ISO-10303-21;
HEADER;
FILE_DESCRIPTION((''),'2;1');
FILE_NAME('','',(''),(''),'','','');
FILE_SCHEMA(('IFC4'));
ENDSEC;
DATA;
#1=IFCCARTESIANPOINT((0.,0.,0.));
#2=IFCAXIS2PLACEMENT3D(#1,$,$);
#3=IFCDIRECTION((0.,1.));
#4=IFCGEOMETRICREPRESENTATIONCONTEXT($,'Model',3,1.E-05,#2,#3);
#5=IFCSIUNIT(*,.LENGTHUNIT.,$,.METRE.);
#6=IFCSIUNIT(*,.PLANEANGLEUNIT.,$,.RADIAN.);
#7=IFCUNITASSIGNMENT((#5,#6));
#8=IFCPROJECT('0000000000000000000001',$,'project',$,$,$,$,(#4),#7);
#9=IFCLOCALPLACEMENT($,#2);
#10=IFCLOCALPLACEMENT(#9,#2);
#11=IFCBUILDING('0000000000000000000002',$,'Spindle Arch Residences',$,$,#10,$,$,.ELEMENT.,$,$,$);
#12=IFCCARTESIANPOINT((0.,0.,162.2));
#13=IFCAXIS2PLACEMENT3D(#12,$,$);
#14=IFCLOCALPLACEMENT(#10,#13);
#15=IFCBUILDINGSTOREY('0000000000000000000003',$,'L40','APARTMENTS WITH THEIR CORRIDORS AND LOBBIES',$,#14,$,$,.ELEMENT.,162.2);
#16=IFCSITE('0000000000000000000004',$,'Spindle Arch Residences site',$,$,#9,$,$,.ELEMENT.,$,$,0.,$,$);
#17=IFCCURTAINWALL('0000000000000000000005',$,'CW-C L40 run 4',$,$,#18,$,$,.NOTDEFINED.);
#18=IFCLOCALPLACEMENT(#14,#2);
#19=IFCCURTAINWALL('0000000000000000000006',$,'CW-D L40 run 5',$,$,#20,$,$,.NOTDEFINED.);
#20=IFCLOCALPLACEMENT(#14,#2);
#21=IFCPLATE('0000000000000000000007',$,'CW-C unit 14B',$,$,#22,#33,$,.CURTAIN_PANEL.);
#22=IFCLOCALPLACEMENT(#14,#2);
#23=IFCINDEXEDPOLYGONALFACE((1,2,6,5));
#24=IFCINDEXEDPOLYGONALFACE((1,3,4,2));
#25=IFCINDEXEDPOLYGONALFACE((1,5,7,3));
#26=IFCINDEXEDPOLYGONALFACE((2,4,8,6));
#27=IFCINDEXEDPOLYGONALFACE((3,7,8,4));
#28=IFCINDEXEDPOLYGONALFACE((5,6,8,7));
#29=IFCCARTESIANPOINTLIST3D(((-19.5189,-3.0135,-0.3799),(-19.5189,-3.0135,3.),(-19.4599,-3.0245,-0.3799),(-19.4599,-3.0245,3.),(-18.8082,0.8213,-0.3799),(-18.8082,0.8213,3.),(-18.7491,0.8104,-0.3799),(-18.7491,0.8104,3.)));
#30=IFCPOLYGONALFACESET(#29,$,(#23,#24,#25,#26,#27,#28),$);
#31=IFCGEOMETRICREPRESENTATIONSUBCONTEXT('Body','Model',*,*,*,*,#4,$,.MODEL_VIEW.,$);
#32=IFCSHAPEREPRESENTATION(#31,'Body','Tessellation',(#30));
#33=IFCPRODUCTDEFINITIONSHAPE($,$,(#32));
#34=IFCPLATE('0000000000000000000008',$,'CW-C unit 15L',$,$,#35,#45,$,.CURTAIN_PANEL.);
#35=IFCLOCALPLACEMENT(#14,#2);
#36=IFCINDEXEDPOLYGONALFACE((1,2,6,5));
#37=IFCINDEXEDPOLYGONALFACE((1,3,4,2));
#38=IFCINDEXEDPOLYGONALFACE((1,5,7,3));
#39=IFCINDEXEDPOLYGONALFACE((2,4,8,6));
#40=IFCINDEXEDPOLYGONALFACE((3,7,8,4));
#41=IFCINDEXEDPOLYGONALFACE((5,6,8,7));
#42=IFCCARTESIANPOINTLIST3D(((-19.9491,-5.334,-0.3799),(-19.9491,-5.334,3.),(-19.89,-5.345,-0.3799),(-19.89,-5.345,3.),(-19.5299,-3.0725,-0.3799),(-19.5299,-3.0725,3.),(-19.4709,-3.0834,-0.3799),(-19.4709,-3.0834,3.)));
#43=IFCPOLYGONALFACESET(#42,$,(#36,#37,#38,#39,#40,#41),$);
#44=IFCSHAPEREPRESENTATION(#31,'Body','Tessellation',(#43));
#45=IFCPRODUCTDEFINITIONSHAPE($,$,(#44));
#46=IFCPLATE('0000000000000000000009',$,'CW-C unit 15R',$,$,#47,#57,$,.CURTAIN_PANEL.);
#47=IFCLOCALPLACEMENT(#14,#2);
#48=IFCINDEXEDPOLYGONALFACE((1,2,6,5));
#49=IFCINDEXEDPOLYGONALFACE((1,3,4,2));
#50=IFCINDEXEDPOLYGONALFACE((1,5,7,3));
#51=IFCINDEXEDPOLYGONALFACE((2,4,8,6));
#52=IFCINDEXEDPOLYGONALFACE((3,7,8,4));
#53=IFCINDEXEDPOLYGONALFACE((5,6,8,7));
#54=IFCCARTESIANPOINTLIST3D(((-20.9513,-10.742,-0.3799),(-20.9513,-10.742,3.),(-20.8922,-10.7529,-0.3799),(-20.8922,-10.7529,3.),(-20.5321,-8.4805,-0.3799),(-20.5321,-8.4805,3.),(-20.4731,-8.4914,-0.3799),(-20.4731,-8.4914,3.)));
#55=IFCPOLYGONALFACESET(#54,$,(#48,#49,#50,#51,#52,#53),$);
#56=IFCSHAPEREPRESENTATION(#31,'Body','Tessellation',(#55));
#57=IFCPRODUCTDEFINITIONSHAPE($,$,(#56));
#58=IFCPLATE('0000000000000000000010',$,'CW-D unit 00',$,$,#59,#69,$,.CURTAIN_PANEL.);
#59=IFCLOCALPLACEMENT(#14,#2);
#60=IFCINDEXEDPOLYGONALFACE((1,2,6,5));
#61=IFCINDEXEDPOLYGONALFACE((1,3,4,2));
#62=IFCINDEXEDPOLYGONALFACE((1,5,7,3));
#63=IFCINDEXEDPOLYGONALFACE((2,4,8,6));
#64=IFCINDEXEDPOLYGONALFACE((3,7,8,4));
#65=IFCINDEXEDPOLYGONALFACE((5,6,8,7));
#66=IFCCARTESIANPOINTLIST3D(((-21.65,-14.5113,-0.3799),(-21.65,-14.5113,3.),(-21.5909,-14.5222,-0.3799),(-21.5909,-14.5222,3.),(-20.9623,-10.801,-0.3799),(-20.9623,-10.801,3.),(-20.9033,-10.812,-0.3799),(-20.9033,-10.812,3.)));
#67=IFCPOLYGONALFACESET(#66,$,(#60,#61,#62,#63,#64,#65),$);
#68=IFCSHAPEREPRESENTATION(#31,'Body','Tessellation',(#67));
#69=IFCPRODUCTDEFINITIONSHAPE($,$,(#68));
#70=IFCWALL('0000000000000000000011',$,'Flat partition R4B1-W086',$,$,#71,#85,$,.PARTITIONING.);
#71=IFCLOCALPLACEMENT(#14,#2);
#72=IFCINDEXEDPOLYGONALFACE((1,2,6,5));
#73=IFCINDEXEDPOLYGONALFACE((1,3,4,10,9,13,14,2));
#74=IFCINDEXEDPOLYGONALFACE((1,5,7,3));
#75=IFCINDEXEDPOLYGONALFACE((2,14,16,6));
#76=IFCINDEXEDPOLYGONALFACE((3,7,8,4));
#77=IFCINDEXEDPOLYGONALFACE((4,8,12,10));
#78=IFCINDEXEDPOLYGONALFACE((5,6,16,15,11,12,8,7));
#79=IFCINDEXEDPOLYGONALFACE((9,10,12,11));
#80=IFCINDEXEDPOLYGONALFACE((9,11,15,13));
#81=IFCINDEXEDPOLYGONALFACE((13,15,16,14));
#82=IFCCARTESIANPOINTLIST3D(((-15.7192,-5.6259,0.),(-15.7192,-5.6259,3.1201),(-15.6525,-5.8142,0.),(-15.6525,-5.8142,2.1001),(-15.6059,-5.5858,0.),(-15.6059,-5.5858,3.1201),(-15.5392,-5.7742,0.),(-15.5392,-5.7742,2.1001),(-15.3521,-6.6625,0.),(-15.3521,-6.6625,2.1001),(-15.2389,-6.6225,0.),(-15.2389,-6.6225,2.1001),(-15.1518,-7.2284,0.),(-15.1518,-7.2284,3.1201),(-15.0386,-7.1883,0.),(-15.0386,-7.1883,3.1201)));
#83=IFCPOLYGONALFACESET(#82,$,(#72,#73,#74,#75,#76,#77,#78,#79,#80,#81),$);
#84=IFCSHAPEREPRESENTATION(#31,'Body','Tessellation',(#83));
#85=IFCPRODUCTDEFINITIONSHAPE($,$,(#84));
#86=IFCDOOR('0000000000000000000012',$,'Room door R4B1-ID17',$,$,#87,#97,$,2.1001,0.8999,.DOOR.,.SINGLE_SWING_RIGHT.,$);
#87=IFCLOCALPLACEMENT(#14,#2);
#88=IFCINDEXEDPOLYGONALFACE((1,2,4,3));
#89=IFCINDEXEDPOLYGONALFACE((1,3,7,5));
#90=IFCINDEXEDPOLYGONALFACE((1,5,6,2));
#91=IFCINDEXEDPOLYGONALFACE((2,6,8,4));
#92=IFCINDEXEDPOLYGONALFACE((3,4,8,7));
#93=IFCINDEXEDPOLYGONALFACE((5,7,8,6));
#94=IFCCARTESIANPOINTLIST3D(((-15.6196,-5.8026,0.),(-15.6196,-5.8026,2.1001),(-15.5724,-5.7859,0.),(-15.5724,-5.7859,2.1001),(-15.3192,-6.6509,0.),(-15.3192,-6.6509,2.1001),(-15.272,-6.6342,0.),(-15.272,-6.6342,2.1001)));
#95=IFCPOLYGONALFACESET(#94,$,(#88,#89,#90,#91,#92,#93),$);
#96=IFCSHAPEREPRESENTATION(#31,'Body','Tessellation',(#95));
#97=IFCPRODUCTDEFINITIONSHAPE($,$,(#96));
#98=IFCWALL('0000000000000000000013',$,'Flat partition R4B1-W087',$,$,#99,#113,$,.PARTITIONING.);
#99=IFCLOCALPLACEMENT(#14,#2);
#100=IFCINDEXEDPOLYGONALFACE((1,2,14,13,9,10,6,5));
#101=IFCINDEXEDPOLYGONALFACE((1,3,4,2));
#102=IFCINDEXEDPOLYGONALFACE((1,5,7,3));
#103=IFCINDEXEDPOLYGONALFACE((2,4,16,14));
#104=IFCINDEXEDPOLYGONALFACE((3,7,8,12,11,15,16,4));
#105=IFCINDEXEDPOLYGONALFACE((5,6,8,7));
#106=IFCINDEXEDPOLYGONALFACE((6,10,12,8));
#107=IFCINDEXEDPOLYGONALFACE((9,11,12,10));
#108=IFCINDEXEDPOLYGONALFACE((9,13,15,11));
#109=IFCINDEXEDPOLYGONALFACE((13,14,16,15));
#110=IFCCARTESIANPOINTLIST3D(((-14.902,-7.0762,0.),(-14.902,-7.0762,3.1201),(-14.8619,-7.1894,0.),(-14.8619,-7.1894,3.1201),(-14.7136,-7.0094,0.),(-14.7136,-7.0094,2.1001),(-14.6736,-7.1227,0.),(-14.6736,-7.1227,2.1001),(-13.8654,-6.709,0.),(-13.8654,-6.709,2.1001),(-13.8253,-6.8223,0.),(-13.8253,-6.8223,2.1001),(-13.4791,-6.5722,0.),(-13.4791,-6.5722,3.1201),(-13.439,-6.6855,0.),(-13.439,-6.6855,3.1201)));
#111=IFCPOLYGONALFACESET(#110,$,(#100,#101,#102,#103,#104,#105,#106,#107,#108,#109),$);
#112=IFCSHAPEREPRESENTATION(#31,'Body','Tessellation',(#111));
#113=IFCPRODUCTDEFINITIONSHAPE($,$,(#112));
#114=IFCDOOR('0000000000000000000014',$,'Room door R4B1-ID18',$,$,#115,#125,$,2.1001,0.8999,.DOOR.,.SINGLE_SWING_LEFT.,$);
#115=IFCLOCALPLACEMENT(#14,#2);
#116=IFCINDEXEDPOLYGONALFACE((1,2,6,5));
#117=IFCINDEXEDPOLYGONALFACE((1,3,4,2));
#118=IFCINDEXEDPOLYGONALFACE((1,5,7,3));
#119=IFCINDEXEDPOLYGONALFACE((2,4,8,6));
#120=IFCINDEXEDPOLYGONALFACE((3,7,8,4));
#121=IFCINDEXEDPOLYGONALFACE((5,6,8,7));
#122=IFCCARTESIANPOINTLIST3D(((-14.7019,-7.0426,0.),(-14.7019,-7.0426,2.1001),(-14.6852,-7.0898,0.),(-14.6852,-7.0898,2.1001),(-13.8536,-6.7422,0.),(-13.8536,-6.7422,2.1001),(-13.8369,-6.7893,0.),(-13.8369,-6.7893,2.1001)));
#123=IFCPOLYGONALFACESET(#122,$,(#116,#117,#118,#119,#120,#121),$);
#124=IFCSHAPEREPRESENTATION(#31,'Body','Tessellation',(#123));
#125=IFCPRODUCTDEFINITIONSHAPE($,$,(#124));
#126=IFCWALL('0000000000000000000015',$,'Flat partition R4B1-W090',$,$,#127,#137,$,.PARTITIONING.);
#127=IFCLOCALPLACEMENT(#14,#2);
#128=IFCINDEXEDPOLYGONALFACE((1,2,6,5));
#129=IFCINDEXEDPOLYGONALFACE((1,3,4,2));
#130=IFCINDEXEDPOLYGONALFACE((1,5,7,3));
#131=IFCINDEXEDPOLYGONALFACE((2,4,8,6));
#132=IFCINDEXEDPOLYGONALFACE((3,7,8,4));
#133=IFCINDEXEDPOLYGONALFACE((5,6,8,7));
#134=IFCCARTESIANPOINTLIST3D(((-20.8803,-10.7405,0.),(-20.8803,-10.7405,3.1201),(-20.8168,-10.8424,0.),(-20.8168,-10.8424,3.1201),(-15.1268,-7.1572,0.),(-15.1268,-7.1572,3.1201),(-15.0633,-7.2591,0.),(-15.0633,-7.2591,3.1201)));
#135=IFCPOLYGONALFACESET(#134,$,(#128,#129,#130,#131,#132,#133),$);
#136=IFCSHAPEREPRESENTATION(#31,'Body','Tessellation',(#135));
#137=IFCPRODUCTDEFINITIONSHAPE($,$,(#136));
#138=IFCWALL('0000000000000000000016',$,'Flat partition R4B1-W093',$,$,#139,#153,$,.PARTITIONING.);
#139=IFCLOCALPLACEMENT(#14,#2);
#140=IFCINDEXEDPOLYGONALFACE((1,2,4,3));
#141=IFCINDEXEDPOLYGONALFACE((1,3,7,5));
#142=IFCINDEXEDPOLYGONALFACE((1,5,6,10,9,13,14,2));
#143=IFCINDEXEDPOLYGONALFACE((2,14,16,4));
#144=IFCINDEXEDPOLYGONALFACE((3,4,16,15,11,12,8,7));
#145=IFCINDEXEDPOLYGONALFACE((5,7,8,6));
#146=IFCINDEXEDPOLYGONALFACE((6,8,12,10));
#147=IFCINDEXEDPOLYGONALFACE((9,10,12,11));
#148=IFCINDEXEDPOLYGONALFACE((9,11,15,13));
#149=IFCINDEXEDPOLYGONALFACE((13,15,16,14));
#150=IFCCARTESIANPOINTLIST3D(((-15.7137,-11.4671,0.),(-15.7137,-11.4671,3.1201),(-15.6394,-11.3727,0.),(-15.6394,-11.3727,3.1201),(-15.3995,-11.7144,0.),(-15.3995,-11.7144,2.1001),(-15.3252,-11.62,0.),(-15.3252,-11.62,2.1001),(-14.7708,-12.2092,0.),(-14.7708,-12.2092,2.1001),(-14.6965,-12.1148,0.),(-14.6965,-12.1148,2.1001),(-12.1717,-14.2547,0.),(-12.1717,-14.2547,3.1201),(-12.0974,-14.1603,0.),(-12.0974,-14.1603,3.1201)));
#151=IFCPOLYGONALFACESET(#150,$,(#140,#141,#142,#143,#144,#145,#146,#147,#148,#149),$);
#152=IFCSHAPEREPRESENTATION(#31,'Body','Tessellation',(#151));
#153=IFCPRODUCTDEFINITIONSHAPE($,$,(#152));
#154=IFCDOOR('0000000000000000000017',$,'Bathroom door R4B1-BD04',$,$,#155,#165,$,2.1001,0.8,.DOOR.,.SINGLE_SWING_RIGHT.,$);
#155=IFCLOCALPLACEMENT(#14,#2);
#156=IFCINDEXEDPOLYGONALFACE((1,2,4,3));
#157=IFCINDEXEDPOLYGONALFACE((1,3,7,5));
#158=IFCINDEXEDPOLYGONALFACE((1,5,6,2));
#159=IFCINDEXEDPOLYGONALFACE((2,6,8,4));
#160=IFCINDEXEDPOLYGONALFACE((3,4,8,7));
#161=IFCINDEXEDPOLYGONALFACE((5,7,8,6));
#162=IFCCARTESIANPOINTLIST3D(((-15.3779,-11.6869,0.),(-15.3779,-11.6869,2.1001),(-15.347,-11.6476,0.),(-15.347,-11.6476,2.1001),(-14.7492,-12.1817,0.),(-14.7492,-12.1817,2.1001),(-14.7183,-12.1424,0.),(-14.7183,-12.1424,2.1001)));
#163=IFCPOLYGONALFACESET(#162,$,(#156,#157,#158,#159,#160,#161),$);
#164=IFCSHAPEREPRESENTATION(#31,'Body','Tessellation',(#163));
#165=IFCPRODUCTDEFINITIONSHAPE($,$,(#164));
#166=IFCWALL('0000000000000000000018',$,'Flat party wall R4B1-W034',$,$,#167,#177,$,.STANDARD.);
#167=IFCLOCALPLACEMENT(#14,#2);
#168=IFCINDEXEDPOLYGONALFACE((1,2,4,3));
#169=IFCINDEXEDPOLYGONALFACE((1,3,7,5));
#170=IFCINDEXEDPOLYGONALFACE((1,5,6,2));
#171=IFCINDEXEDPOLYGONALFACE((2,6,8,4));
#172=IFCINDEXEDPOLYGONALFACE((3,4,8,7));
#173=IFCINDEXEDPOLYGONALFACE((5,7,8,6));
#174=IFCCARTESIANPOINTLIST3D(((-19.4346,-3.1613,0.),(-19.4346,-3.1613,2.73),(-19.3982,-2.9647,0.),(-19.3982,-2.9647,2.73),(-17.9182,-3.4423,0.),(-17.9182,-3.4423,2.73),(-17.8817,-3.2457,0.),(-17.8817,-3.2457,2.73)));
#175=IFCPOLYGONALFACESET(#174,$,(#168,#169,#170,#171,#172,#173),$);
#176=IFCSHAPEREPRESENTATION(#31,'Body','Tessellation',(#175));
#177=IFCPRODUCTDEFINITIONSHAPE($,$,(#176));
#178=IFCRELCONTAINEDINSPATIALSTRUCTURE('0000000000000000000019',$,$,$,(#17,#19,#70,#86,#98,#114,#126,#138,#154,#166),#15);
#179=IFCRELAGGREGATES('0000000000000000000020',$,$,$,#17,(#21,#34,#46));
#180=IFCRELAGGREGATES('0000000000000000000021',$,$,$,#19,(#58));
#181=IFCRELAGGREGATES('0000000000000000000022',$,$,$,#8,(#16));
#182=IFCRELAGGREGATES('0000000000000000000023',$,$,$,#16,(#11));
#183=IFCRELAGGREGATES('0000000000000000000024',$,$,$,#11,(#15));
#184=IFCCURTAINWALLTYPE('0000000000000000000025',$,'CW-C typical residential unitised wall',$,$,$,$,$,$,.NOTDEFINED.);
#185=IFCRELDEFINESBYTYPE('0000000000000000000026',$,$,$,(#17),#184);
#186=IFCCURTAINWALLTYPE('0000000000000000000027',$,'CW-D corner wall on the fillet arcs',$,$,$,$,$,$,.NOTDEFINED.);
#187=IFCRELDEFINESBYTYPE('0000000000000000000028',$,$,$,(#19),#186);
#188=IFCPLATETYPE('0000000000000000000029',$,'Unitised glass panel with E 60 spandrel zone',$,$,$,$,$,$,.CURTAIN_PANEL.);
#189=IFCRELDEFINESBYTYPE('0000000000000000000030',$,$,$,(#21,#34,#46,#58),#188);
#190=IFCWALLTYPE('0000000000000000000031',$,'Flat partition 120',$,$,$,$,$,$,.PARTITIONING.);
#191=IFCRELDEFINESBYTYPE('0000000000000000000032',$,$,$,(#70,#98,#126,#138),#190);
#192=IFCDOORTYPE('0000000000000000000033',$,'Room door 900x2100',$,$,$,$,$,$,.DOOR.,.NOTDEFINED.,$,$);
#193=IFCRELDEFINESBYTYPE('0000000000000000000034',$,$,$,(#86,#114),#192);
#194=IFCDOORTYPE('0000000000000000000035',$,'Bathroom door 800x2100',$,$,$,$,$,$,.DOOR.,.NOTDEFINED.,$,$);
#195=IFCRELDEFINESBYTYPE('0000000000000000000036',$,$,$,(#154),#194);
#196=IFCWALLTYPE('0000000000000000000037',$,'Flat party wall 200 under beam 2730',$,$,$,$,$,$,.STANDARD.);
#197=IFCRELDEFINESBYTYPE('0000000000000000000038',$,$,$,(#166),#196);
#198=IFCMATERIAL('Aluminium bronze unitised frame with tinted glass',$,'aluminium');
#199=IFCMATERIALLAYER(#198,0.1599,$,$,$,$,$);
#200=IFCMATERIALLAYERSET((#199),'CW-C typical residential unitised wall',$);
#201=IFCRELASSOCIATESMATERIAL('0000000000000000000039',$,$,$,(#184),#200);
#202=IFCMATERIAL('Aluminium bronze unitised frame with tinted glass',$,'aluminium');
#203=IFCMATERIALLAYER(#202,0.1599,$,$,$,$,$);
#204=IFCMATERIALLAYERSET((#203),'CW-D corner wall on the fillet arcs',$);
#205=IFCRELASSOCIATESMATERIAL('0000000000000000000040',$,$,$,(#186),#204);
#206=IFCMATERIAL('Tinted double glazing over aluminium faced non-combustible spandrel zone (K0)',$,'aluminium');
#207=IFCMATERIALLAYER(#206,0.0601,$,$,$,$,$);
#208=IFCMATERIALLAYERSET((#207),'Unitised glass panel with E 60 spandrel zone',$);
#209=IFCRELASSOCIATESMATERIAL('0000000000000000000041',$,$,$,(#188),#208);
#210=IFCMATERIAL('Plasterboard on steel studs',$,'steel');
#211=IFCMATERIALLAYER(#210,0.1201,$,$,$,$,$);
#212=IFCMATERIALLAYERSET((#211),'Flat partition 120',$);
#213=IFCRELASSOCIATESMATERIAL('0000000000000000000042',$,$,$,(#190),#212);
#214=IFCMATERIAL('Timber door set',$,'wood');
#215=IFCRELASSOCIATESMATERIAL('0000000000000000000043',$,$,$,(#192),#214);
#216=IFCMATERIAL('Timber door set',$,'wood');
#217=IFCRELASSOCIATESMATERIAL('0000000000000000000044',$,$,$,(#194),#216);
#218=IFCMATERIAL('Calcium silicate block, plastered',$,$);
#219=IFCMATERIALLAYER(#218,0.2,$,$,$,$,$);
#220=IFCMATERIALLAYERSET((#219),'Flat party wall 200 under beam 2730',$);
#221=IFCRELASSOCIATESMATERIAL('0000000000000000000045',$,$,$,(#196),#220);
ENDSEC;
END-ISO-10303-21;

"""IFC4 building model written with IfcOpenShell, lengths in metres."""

from ifc_helpers import new_model, si_unit, direction, frame, frame_2d, origin, origin_2d, place, context, subcontext, project, spatial, rectangle, extrude, material, layer, layer_set, type_object, element, fill, aggregate, save


model = new_model("IFC4")

# Units and contexts
model_context = context("Model", 3, precision=1e-05, world=origin(), true_north=direction((0.0, 1.0)))
body_context = subcontext(model_context, "Body", "Model", "MODEL_VIEW")
ifc_project = project(units=[si_unit("LENGTHUNIT", "METRE"), si_unit("PLANEANGLEUNIT", "RADIAN")], contexts=[model_context])

# Site, building, storey
site_placement = place(None, origin())
site = spatial("IfcSite", under=ifc_project, at=site_placement, Name="Spindle Arch Residences site", CompositionType="ELEMENT", RefElevation=0.0)
building_placement = place(site_placement, origin())
building = spatial("IfcBuilding", under=site, at=building_placement, Name="Spindle Arch Residences", CompositionType="ELEMENT")
storey_placement = place(building_placement, frame((0.0, 0.0, 162.2)))
storey = spatial("IfcBuildingStorey", under=building, at=storey_placement, Name="L40", Description="APARTMENTS WITH THEIR CORRIDORS AND LOBBIES", CompositionType="ELEMENT", Elevation=162.2)

# Curtain wall
ifc_material_1 = material(Name="Aluminium bronze unitised frame with tinted glass", Category="aluminium")
ifc_layer_1 = layer(ifc_material_1, 0.1599)
ifc_layer_set_1 = layer_set([ifc_layer_1], Name="CW-C typical residential unitised wall")
curtain_wall_type_1 = type_object("IfcCurtainWallType", Name="CW-C typical residential unitised wall", PredefinedType="NOTDEFINED", material=ifc_layer_set_1)
curtain_wall_1_placement = place(storey_placement, origin())
curtain_wall_1 = element("IfcCurtainWall", 1, at=curtain_wall_1_placement, inside=storey, type_object=curtain_wall_type_1, Name="CW-C L40 run 4", PredefinedType="NOTDEFINED")

# Curtain wall
ifc_material_2 = material(Name="Aluminium bronze unitised frame with tinted glass", Category="aluminium")
ifc_layer_2 = layer(ifc_material_2, 0.1599)
ifc_layer_set_2 = layer_set([ifc_layer_2], Name="CW-D corner wall on the fillet arcs")
curtain_wall_type_2 = type_object("IfcCurtainWallType", Name="CW-D corner wall on the fillet arcs", PredefinedType="NOTDEFINED", material=ifc_layer_set_2)
curtain_wall_2_placement = place(storey_placement, origin())
curtain_wall_2 = element("IfcCurtainWall", 2, at=curtain_wall_2_placement, inside=storey, type_object=curtain_wall_type_2, Name="CW-D L40 run 5", PredefinedType="NOTDEFINED")

# Plates
ifc_material_3 = material(Name="Tinted double glazing over aluminium faced non-combustible spandrel zone (K0)", Category="aluminium")
ifc_layer_3 = layer(ifc_material_3, 0.0601)
ifc_layer_set_3 = layer_set([ifc_layer_3], Name="Unitised glass panel with E 60 spandrel zone")
plate_type = type_object("IfcPlateType", Name="Unitised glass panel with E 60 spandrel zone", PredefinedType="CURTAIN_PANEL", material=ifc_layer_set_3)
plate_1_placement = place(storey_placement, frame((-19.134, -1.1016, -0.3799), z_axis=(0.0, 0.0, 1.0), x_axis=(-0.182236, -0.983255, 0.0)))
plate_1 = element("IfcPlate", 3, at=plate_1_placement, type_object=plate_type, Name="CW-C unit 14B", PredefinedType="CURTAIN_PANEL", context=body_context, shape_type="SweptSolid", body=[
    extrude(rectangle(XDim=3.9001, YDim=0.0601, at=origin_2d()), origin(), (0.0, 0.0, 1.0), 3.3799),
])
plate_2_placement = place(storey_placement, frame((-19.71, -4.2087, -0.3799), z_axis=(0.0, 0.0, 1.0), x_axis=(-0.182236, -0.983255, 0.0)))
plate_2 = element("IfcPlate", 4, at=plate_2_placement, type_object=plate_type, Name="CW-C unit 15L", PredefinedType="CURTAIN_PANEL", context=body_context, shape_type="SweptSolid", body=[
    extrude(rectangle(XDim=2.3, YDim=0.0601, at=origin_2d()), origin(), (0.0, 0.0, 1.0), 3.3799),
])
plate_3_placement = place(storey_placement, frame((-20.7122, -9.6167, -0.3799), z_axis=(0.0, 0.0, 1.0), x_axis=(-0.182236, -0.983255, 0.0)))
plate_3 = element("IfcPlate", 5, at=plate_3_placement, type_object=plate_type, Name="CW-C unit 15R", PredefinedType="CURTAIN_PANEL", context=body_context, shape_type="SweptSolid", body=[
    extrude(rectangle(XDim=2.3, YDim=0.0601, at=origin_2d()), origin(), (0.0, 0.0, 1.0), 3.3799),
])
aggregate(curtain_wall_1, [plate_1, plate_2, plate_3])
plate_4_placement = place(storey_placement, frame((-21.2766, -12.6616, -0.3799), z_axis=(0.0, 0.0, 1.0), x_axis=(-0.182236, -0.983255, 0.0)))
plate_4 = element("IfcPlate", 6, at=plate_4_placement, type_object=plate_type, Name="CW-D unit 00", PredefinedType="CURTAIN_PANEL", context=body_context, shape_type="SweptSolid", body=[
    extrude(rectangle(XDim=3.7734, YDim=0.0601, at=origin_2d()), origin(), (0.0, 0.0, 1.0), 3.3799),
])
aggregate(curtain_wall_2, [plate_4])

# Walls, openings, doors
ifc_material_4 = material(Name="Plasterboard on steel studs", Category="steel")
ifc_layer_4 = layer(ifc_material_4, 0.1201)
ifc_layer_set_4 = layer_set([ifc_layer_4], Name="Flat partition 120")
wall_type_1 = type_object("IfcWallType", Name="Flat partition 120", PredefinedType="PARTITIONING", material=ifc_layer_set_4)
wall_1_placement = place(storey_placement, frame((-15.6626, -5.6057, 0.0), z_axis=(0.0, 0.0, 1.0), x_axis=(0.333751, -0.942661, 0.0)))
wall_1 = element("IfcWall", 7, at=wall_1_placement, inside=storey, type_object=wall_type_1, Name="Flat partition R4B1-W086", PredefinedType="PARTITIONING", context=body_context, shape_type="SweptSolid", body=[
    extrude(rectangle(XDim=1.7, YDim=0.1201, at=frame_2d((0.8501, 0.0))), origin(), (0.0, 0.0, 1.0), 3.1201),
])
opening_1_placement = place(wall_1_placement, frame((0.2, 0.0, 0.0)))
opening_1 = element("IfcOpeningElement", 8, at=opening_1_placement, cuts=wall_1, PredefinedType="OPENING", context=body_context, shape_type="SweptSolid", body=[
    extrude(rectangle(XDim=0.8999, YDim=2.1001, at=frame_2d((0.45, 1.05))), frame((0.0, 0.0701, 0.0), z_axis=(0.0, -1.0, 0.0), x_axis=(1.0, 0.0, 0.0)), (0.0, 0.0, 1.0), 0.1401),
])
ifc_material_5 = material(Name="Timber door set", Category="wood")
door_type_1 = type_object("IfcDoorType", Name="Room door 900x2100", OperationType="NOTDEFINED", PredefinedType="DOOR", material=ifc_material_5)
door_1_placement = place(opening_1_placement, origin())
door_1 = element("IfcDoor", 9, at=door_1_placement, inside=storey, type_object=door_type_1, Name="Room door R4B1-ID17", OperationType="SINGLE_SWING_RIGHT", OverallHeight=2.1001, OverallWidth=0.8999, PredefinedType="DOOR", context=body_context, shape_type="SweptSolid", body=[
    extrude(rectangle(XDim=0.8999, YDim=2.1001, at=frame_2d((0.45, 1.05))), frame((0.0, 0.0249, 0.0), z_axis=(0.0, -1.0, 0.0), x_axis=(1.0, 0.0, 0.0)), (0.0, 0.0, 1.0), 0.05),
])
fill(opening_1, door_1)
wall_2_placement = place(storey_placement, frame((-14.8821, -7.1328, 0.0), z_axis=(0.0, 0.0, 1.0), x_axis=(0.942631, 0.333835, 0.0)))
wall_2 = element("IfcWall", 10, at=wall_2_placement, inside=storey, type_object=wall_type_1, Name="Flat partition R4B1-W087", PredefinedType="PARTITIONING", context=body_context, shape_type="SweptSolid", body=[
    extrude(rectangle(XDim=1.5095, YDim=0.1201, at=frame_2d((0.7549, 0.0))), origin(), (0.0, 0.0, 1.0), 3.1201),
])
opening_2_placement = place(wall_2_placement, frame((0.2, 0.0, 0.0)))
opening_2 = element("IfcOpeningElement", 11, at=opening_2_placement, cuts=wall_2, PredefinedType="OPENING", context=body_context, shape_type="SweptSolid", body=[
    extrude(rectangle(XDim=0.8999, YDim=2.1001, at=frame_2d((0.45, 1.05))), frame((0.0, 0.0701, 0.0), z_axis=(0.0, -1.0, 0.0), x_axis=(1.0, 0.0, 0.0)), (0.0, 0.0, 1.0), 0.1401),
])
door_2_placement = place(opening_2_placement, origin())
door_2 = element("IfcDoor", 12, at=door_2_placement, inside=storey, type_object=door_type_1, Name="Room door R4B1-ID18", OperationType="SINGLE_SWING_LEFT", OverallHeight=2.1001, OverallWidth=0.8999, PredefinedType="DOOR", context=body_context, shape_type="SweptSolid", body=[
    extrude(rectangle(XDim=0.8999, YDim=2.1001, at=frame_2d((0.45, 1.05))), frame((0.0, 0.0249, 0.0), z_axis=(0.0, -1.0, 0.0), x_axis=(1.0, 0.0, 0.0)), (0.0, 0.0, 1.0), 0.05),
])
fill(opening_2, door_2)

# Wall
wall_3_placement = place(storey_placement, frame((-20.8486, -10.7915, 0.0), z_axis=(0.0, 0.0, 1.0), x_axis=(0.848835, 0.528658, 0.0)))
element("IfcWall", 13, at=wall_3_placement, inside=storey, type_object=wall_type_1, Name="Flat partition R4B1-W090", PredefinedType="PARTITIONING", context=body_context, shape_type="SweptSolid", body=[
    extrude(rectangle(XDim=6.7781, YDim=0.1201, at=frame_2d((3.3892, 0.0))), origin(), (0.0, 0.0, 1.0), 3.1201),
])

# Wall, opening, door
wall_4_placement = place(storey_placement, frame((-15.6765, -11.4199, 0.0), z_axis=(0.0, 0.0, 1.0), x_axis=(0.785822, -0.618453, 0.0)))
wall_4 = element("IfcWall", 14, at=wall_4_placement, inside=storey, type_object=wall_type_1, Name="Flat partition R4B1-W093", PredefinedType="PARTITIONING", context=body_context, shape_type="SweptSolid", body=[
    extrude(rectangle(XDim=4.5073, YDim=0.1201, at=frame_2d((2.2537, 0.0))), origin(), (0.0, 0.0, 1.0), 3.1201),
])
opening_3_placement = place(wall_4_placement, frame((0.3999, 0.0, 0.0)))
opening_3 = element("IfcOpeningElement", 15, at=opening_3_placement, cuts=wall_4, PredefinedType="OPENING", context=body_context, shape_type="SweptSolid", body=[
    extrude(rectangle(XDim=0.8, YDim=2.1001, at=frame_2d((0.3999, 1.05))), frame((0.0, 0.0701, 0.0), z_axis=(0.0, -1.0, 0.0), x_axis=(1.0, 0.0, 0.0)), (0.0, 0.0, 1.0), 0.1401),
])
ifc_material_6 = material(Name="Timber door set", Category="wood")
door_type_2 = type_object("IfcDoorType", Name="Bathroom door 800x2100", OperationType="NOTDEFINED", PredefinedType="DOOR", material=ifc_material_6)
door_3_placement = place(opening_3_placement, origin())
door_3 = element("IfcDoor", 16, at=door_3_placement, inside=storey, type_object=door_type_2, Name="Bathroom door R4B1-BD04", OperationType="SINGLE_SWING_RIGHT", OverallHeight=2.1001, OverallWidth=0.8, PredefinedType="DOOR", context=body_context, shape_type="SweptSolid", body=[
    extrude(rectangle(XDim=0.8, YDim=2.1001, at=frame_2d((0.3999, 1.05))), frame((0.0, 0.0249, 0.0), z_axis=(0.0, -1.0, 0.0), x_axis=(1.0, 0.0, 0.0)), (0.0, 0.0, 1.0), 0.05),
])
fill(opening_3, door_3)

# Wall
ifc_material_7 = material(Name="Calcium silicate block, plastered")
ifc_layer_5 = layer(ifc_material_7, 0.2)
ifc_layer_set_5 = layer_set([ifc_layer_5], Name="Flat party wall 200 under beam 2730")
wall_type_2 = type_object("IfcWallType", Name="Flat party wall 200 under beam 2730", PredefinedType="STANDARD", material=ifc_layer_set_5)
wall_5_placement = place(storey_placement, frame((-19.4163, -3.063, 0.0), z_axis=(0.0, 0.0, 1.0), x_axis=(0.983259, -0.182214, 0.0)))
element("IfcWall", 17, at=wall_5_placement, inside=storey, type_object=wall_type_2, Name="Flat party wall R4B1-W034", PredefinedType="STANDARD", context=body_context, shape_type="SweptSolid", body=[
    extrude(rectangle(XDim=1.5422, YDim=0.2, at=frame_2d((0.771, 0.0))), origin(), (0.0, 0.0, 1.0), 2.73),
])

save(model, "model.ifc")
